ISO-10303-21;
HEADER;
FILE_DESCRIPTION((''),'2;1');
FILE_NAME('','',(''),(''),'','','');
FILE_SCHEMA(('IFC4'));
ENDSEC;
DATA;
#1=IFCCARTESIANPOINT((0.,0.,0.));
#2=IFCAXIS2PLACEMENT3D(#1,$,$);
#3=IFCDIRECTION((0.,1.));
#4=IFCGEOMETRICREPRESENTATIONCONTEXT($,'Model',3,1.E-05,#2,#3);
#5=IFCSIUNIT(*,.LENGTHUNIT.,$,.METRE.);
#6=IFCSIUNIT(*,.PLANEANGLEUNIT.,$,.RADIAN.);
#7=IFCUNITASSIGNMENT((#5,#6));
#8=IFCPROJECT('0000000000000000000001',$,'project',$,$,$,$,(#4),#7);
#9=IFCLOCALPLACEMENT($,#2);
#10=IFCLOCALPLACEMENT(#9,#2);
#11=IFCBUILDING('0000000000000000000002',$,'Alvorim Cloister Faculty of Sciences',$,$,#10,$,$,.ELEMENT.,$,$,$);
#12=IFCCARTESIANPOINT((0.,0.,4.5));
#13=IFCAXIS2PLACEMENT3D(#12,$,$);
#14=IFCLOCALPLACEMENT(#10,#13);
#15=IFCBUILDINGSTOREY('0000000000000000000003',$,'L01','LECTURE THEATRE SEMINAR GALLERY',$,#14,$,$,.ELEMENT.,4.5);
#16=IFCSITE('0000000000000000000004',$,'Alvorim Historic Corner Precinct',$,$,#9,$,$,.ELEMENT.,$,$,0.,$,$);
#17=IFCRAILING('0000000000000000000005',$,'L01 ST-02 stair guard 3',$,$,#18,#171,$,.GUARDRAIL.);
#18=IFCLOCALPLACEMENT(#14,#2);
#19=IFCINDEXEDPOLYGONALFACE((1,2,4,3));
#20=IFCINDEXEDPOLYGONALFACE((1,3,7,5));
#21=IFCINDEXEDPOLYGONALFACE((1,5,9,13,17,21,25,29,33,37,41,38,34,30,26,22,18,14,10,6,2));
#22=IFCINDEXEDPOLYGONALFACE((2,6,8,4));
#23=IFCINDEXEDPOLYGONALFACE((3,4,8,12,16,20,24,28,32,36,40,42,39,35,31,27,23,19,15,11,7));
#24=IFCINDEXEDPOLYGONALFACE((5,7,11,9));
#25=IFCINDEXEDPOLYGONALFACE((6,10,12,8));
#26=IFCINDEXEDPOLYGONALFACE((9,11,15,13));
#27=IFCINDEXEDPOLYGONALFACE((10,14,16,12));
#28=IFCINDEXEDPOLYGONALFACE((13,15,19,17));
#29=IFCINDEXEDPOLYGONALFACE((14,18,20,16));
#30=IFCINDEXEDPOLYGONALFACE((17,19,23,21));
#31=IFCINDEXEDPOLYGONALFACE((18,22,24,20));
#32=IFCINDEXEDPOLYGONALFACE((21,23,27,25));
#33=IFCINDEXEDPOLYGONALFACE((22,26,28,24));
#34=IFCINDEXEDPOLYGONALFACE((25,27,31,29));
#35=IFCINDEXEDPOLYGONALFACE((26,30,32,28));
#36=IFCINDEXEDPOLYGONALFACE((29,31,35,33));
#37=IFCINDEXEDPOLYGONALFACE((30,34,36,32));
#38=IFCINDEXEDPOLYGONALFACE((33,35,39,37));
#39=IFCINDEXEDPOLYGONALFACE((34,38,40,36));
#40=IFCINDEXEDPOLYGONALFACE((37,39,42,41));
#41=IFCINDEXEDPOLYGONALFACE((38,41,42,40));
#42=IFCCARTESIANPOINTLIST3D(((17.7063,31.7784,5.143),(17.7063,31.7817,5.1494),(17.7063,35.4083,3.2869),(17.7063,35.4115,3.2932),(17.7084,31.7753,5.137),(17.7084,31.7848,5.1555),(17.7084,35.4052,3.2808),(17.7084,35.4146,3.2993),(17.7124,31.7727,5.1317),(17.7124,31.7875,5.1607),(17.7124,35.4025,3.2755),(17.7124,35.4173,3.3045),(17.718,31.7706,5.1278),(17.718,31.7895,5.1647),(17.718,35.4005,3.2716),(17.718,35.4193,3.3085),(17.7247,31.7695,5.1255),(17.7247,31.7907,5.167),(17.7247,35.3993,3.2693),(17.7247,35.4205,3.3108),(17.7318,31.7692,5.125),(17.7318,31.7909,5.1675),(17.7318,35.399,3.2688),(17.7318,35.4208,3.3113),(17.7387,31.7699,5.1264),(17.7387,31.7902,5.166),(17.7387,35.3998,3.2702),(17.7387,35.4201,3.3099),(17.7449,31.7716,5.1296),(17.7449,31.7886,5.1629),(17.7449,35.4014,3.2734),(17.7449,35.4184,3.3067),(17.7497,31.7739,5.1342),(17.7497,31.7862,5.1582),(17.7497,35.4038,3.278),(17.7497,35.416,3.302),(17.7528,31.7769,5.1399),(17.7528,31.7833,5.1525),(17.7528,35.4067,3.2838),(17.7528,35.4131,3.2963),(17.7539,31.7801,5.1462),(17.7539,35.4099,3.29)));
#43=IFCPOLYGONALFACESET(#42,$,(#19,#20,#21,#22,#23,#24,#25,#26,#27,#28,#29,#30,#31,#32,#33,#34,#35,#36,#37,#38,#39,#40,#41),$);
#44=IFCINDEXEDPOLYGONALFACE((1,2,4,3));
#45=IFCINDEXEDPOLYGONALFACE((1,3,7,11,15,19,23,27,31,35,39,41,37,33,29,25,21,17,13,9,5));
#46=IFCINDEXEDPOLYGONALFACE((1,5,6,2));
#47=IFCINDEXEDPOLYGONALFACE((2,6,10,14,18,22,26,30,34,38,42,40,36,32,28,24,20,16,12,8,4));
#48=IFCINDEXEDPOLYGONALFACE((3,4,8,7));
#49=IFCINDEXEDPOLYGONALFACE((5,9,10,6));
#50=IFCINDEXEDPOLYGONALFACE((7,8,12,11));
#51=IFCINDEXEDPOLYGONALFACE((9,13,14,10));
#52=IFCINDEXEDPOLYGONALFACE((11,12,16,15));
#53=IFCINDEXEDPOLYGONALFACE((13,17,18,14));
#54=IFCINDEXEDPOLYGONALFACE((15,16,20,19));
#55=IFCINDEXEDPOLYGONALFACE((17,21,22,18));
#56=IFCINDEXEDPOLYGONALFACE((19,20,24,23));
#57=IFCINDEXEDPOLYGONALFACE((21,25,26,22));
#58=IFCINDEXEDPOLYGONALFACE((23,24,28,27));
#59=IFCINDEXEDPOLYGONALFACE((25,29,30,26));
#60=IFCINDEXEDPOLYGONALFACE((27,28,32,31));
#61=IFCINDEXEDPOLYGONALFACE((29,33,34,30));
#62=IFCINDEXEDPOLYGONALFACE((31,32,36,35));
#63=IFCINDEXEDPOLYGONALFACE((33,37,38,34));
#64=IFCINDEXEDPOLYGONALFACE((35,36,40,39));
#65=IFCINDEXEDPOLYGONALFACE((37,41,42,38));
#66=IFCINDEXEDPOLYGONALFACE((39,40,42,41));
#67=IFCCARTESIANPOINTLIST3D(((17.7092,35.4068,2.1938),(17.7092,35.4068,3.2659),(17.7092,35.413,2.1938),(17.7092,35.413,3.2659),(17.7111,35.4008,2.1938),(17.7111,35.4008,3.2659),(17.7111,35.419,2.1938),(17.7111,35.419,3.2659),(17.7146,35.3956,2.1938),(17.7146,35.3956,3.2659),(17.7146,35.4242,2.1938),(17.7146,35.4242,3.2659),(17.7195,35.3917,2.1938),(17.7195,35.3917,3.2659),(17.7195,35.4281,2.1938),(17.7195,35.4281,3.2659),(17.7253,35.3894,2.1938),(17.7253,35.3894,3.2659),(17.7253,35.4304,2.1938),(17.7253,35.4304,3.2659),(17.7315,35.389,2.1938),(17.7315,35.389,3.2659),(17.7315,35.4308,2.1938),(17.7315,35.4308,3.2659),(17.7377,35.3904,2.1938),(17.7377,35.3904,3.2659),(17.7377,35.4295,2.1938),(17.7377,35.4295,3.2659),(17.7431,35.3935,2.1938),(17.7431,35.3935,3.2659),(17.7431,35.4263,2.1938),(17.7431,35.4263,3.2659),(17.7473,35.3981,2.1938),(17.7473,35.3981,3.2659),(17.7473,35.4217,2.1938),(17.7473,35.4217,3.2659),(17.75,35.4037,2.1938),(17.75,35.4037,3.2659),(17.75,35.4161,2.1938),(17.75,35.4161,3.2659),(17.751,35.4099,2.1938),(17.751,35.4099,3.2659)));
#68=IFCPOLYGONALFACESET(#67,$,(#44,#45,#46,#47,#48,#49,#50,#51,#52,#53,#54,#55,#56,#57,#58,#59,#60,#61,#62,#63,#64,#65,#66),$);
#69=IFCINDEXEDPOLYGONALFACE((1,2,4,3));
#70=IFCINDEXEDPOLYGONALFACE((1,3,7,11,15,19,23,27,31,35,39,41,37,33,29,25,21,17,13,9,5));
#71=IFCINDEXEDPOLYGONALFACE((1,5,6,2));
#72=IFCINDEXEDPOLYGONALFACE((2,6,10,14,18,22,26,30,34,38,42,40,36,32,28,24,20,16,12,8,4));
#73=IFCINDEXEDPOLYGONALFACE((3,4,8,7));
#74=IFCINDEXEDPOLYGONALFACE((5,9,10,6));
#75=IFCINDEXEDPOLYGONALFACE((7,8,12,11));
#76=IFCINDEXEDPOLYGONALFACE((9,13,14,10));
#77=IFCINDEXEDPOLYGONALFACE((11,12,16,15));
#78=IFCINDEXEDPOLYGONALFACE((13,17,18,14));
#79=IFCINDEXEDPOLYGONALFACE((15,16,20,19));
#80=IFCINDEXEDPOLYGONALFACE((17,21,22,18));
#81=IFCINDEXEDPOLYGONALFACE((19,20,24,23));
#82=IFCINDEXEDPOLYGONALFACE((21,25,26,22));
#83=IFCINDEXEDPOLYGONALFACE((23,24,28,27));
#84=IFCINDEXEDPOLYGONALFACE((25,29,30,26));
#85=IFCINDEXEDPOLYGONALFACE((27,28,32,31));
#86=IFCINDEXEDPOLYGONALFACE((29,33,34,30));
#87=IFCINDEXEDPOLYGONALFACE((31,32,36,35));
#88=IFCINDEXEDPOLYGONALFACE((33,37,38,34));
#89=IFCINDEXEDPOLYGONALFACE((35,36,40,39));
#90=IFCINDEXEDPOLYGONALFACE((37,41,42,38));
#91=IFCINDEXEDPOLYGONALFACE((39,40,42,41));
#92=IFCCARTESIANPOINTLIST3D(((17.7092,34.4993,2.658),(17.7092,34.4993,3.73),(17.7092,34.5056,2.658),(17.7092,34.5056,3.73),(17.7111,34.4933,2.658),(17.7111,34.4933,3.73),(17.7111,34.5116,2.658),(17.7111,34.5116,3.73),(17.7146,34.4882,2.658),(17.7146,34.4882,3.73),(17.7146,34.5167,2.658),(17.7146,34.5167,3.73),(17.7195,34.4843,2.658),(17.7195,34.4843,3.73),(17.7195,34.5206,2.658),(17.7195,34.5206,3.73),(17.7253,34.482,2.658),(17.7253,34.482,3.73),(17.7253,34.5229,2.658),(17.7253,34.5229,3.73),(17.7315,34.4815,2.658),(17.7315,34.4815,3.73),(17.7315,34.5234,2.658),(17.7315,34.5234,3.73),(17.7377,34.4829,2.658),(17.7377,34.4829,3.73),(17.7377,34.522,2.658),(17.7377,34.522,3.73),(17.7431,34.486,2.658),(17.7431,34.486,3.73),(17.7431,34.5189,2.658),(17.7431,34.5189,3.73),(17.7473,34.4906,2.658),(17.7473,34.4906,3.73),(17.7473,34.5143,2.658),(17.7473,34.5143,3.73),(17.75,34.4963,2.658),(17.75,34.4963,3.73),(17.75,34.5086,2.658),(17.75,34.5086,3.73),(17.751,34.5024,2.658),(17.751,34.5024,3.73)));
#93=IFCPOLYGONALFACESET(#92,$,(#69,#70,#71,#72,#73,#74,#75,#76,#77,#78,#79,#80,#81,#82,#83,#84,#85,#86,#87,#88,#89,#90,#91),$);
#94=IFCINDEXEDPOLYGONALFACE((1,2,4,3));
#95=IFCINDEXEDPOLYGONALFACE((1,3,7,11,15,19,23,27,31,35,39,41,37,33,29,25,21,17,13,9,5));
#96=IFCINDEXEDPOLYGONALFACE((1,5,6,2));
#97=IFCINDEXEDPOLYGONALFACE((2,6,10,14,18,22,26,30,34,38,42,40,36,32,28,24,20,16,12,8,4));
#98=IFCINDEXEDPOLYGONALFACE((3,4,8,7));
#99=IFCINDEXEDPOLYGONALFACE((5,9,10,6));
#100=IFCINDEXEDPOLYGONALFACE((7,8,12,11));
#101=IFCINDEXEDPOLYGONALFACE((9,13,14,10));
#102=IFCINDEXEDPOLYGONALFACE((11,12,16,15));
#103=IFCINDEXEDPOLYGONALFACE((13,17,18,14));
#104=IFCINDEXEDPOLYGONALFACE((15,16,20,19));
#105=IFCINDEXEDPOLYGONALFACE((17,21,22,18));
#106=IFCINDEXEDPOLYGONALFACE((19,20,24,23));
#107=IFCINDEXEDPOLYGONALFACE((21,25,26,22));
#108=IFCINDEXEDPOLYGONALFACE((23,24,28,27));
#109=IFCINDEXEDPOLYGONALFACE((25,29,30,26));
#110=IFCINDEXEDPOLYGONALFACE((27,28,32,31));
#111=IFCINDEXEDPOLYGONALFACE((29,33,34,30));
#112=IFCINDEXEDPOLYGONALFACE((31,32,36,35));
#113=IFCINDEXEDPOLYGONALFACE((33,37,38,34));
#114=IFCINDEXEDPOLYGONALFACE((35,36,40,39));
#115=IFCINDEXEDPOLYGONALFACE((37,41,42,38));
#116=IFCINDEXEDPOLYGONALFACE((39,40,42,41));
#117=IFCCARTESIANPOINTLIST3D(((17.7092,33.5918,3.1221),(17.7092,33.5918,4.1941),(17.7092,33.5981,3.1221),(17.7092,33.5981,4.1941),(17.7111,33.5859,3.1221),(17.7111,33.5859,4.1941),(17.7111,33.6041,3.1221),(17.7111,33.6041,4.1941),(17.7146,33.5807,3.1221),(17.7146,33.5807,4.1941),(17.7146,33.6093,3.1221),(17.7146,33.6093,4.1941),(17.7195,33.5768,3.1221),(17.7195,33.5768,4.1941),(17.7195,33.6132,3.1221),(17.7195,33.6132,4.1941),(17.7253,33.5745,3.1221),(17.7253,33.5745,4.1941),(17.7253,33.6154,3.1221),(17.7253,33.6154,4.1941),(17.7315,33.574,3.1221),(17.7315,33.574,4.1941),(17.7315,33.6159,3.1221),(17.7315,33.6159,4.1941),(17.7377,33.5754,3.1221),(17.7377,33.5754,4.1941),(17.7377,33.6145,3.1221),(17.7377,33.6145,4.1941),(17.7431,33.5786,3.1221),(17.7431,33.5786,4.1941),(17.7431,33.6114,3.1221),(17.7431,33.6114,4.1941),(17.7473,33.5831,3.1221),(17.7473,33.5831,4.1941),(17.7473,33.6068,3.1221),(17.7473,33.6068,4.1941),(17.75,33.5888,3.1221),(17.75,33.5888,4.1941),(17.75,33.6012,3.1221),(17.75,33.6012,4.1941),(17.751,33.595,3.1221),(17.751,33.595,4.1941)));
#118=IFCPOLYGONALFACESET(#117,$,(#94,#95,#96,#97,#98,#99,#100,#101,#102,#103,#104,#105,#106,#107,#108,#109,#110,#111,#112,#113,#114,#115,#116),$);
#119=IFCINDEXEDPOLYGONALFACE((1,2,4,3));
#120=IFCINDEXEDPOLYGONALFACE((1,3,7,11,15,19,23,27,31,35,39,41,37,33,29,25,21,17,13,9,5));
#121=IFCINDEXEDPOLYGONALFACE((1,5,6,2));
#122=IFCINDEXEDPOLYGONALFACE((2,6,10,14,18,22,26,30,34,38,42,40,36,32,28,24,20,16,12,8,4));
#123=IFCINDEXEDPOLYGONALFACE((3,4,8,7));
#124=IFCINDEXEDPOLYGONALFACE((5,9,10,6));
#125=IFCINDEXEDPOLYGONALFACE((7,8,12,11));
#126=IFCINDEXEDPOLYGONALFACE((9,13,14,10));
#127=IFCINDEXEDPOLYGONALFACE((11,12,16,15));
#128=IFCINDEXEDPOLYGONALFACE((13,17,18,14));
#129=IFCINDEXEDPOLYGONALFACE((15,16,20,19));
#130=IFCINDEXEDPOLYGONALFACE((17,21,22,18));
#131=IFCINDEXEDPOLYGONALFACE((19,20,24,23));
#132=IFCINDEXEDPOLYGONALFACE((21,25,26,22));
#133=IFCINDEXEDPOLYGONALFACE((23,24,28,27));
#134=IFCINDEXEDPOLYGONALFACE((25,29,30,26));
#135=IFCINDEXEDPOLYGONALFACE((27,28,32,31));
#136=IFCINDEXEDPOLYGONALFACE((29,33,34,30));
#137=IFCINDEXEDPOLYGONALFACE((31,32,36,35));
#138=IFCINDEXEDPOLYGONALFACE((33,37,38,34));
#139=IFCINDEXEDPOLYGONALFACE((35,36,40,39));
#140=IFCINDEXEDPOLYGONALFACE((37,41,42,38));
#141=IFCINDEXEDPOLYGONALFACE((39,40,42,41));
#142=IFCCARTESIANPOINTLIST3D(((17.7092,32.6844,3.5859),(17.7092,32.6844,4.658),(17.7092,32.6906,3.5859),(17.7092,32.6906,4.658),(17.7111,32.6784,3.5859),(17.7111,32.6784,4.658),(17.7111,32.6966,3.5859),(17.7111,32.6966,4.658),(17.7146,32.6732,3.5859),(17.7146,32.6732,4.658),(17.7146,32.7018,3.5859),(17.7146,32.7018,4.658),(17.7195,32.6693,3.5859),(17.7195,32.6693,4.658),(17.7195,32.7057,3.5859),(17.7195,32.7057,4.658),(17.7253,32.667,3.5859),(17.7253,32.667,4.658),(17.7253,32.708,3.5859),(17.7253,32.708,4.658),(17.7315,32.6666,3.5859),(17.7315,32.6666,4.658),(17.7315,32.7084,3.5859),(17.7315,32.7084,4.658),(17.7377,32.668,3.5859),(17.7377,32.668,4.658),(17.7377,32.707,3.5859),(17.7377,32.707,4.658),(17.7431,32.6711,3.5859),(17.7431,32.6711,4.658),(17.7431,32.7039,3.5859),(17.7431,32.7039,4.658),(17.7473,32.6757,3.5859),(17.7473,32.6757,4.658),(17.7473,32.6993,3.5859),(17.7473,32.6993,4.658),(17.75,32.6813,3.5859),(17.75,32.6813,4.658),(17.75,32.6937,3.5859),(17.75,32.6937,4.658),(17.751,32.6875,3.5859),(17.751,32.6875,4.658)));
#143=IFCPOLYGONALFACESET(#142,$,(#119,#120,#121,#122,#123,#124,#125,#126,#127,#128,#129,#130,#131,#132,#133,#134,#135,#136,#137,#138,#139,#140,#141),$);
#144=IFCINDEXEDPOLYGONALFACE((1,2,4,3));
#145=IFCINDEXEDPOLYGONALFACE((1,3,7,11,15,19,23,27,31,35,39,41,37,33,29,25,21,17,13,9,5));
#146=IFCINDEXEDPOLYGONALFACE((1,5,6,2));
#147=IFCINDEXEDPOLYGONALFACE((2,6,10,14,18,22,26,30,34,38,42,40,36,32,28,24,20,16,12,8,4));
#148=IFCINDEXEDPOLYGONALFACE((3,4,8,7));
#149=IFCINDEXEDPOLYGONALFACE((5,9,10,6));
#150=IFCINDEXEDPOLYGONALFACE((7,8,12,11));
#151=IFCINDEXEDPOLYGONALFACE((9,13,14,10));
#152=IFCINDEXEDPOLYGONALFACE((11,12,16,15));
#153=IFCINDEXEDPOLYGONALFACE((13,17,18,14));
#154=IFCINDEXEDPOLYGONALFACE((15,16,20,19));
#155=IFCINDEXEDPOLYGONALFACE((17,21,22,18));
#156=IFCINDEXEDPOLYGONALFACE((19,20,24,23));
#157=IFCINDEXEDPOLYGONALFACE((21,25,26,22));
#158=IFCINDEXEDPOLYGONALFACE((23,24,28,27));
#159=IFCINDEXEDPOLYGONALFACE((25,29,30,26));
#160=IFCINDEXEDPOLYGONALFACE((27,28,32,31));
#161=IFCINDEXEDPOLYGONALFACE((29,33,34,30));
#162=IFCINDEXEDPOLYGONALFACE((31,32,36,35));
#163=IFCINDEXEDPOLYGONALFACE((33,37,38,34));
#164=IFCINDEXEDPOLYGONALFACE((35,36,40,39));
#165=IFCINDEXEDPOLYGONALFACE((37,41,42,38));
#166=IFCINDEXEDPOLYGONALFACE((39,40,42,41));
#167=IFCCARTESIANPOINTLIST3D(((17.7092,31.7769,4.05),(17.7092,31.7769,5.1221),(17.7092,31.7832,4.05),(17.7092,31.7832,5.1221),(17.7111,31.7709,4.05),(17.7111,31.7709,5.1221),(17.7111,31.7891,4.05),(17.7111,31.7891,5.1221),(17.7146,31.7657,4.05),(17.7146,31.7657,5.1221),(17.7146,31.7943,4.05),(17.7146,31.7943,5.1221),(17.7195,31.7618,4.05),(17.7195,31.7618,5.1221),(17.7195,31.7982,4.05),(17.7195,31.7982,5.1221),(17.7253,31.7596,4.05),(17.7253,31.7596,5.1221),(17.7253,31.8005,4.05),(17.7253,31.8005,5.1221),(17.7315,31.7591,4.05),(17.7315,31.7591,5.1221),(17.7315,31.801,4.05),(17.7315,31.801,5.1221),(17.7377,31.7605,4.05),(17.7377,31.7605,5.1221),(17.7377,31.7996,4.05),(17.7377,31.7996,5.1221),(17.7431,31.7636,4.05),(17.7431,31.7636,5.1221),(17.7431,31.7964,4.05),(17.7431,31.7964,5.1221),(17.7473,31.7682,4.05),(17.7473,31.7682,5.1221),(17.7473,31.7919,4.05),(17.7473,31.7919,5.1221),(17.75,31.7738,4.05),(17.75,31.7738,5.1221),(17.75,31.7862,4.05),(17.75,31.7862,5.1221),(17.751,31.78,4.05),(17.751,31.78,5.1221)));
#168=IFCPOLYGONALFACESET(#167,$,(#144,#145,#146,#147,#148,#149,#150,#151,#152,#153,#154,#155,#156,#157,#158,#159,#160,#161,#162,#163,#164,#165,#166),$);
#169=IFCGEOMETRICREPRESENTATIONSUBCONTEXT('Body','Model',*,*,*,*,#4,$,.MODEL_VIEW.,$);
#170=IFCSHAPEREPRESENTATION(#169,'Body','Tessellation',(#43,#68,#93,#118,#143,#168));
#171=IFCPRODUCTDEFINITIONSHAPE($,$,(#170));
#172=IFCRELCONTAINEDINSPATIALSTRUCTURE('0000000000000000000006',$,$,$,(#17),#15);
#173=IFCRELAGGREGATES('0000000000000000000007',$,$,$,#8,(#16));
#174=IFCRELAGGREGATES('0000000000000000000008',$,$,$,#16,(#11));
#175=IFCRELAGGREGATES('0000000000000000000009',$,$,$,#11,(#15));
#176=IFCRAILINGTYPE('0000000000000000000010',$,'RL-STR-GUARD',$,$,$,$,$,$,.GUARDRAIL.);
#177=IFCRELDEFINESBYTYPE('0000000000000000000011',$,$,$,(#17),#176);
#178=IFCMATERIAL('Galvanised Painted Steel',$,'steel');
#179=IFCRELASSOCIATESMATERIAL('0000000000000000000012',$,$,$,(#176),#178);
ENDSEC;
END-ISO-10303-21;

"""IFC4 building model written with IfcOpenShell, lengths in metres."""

from ifc_helpers import new_model, si_unit, direction, frame, origin, origin_2d, place, context, subcontext, project, spatial, circle, extrude, material, type_object, element, save


model = new_model("IFC4")

# Units and contexts
model_context = context("Model", 3, precision=1e-05, world=origin(), true_north=direction((0.0, 1.0)))
body_context = subcontext(model_context, "Body", "Model", "MODEL_VIEW")
ifc_project = project(units=[si_unit("LENGTHUNIT", "METRE"), si_unit("PLANEANGLEUNIT", "RADIAN")], contexts=[model_context])

# Site, building, storey
site_placement = place(None, origin())
site = spatial("IfcSite", under=ifc_project, at=site_placement, Name="Alvorim Historic Corner Precinct", CompositionType="ELEMENT", RefElevation=0.0)
building_placement = place(site_placement, origin())
building = spatial("IfcBuilding", under=site, at=building_placement, Name="Alvorim Cloister Faculty of Sciences", CompositionType="ELEMENT")
storey_placement = place(building_placement, frame((0.0, 0.0, 4.5)))
storey = spatial("IfcBuildingStorey", under=building, at=storey_placement, Name="L01", Description="LECTURE THEATRE SEMINAR GALLERY", CompositionType="ELEMENT", Elevation=4.5)

# Railing
ifc_material_1 = material(Name="Galvanised Painted Steel", Category="steel")
railing_type_1 = type_object("IfcRailingType", Name="RL-STR-GUARD", PredefinedType="GUARDRAIL", material=ifc_material_1)
railing_1_placement = place(storey_placement, frame((17.73, 35.4099, 2.1938)))
element("IfcRailing", 1, at=railing_1_placement, inside=storey, type_object=railing_type_1, Name="L01 ST-02 stair guard 3", PredefinedType="GUARDRAIL", context=body_context, shape_type="SweptSolid", body=[
    extrude(circle(Radius=0.0239, at=origin_2d()), frame((0.0, 0.0, 1.0962), z_axis=(0.0, -0.890342, 0.455291), x_axis=(1.0, 0.0, 0.0)), (0.0, 0.0, 1.0), 4.0769),
    extrude(circle(Radius=0.021, at=origin_2d()), origin(), (0.0, 0.0, 1.0), 1.072),
    extrude(circle(Radius=0.021, at=origin_2d()), frame((0.0, -0.9075, 0.4641)), (0.0, 0.0, 1.0), 1.072),
    extrude(circle(Radius=0.021, at=origin_2d()), frame((0.0, -1.8149, 0.9282)), (0.0, 0.0, 1.0), 1.072),
    extrude(circle(Radius=0.021, at=origin_2d()), frame((0.0, -2.7224, 1.3921)), (0.0, 0.0, 1.0), 1.072),
    extrude(circle(Radius=0.021, at=origin_2d()), frame((0.0, -3.6299, 1.8562)), (0.0, 0.0, 1.0), 1.072),
])

save(model, "model.ifc")
